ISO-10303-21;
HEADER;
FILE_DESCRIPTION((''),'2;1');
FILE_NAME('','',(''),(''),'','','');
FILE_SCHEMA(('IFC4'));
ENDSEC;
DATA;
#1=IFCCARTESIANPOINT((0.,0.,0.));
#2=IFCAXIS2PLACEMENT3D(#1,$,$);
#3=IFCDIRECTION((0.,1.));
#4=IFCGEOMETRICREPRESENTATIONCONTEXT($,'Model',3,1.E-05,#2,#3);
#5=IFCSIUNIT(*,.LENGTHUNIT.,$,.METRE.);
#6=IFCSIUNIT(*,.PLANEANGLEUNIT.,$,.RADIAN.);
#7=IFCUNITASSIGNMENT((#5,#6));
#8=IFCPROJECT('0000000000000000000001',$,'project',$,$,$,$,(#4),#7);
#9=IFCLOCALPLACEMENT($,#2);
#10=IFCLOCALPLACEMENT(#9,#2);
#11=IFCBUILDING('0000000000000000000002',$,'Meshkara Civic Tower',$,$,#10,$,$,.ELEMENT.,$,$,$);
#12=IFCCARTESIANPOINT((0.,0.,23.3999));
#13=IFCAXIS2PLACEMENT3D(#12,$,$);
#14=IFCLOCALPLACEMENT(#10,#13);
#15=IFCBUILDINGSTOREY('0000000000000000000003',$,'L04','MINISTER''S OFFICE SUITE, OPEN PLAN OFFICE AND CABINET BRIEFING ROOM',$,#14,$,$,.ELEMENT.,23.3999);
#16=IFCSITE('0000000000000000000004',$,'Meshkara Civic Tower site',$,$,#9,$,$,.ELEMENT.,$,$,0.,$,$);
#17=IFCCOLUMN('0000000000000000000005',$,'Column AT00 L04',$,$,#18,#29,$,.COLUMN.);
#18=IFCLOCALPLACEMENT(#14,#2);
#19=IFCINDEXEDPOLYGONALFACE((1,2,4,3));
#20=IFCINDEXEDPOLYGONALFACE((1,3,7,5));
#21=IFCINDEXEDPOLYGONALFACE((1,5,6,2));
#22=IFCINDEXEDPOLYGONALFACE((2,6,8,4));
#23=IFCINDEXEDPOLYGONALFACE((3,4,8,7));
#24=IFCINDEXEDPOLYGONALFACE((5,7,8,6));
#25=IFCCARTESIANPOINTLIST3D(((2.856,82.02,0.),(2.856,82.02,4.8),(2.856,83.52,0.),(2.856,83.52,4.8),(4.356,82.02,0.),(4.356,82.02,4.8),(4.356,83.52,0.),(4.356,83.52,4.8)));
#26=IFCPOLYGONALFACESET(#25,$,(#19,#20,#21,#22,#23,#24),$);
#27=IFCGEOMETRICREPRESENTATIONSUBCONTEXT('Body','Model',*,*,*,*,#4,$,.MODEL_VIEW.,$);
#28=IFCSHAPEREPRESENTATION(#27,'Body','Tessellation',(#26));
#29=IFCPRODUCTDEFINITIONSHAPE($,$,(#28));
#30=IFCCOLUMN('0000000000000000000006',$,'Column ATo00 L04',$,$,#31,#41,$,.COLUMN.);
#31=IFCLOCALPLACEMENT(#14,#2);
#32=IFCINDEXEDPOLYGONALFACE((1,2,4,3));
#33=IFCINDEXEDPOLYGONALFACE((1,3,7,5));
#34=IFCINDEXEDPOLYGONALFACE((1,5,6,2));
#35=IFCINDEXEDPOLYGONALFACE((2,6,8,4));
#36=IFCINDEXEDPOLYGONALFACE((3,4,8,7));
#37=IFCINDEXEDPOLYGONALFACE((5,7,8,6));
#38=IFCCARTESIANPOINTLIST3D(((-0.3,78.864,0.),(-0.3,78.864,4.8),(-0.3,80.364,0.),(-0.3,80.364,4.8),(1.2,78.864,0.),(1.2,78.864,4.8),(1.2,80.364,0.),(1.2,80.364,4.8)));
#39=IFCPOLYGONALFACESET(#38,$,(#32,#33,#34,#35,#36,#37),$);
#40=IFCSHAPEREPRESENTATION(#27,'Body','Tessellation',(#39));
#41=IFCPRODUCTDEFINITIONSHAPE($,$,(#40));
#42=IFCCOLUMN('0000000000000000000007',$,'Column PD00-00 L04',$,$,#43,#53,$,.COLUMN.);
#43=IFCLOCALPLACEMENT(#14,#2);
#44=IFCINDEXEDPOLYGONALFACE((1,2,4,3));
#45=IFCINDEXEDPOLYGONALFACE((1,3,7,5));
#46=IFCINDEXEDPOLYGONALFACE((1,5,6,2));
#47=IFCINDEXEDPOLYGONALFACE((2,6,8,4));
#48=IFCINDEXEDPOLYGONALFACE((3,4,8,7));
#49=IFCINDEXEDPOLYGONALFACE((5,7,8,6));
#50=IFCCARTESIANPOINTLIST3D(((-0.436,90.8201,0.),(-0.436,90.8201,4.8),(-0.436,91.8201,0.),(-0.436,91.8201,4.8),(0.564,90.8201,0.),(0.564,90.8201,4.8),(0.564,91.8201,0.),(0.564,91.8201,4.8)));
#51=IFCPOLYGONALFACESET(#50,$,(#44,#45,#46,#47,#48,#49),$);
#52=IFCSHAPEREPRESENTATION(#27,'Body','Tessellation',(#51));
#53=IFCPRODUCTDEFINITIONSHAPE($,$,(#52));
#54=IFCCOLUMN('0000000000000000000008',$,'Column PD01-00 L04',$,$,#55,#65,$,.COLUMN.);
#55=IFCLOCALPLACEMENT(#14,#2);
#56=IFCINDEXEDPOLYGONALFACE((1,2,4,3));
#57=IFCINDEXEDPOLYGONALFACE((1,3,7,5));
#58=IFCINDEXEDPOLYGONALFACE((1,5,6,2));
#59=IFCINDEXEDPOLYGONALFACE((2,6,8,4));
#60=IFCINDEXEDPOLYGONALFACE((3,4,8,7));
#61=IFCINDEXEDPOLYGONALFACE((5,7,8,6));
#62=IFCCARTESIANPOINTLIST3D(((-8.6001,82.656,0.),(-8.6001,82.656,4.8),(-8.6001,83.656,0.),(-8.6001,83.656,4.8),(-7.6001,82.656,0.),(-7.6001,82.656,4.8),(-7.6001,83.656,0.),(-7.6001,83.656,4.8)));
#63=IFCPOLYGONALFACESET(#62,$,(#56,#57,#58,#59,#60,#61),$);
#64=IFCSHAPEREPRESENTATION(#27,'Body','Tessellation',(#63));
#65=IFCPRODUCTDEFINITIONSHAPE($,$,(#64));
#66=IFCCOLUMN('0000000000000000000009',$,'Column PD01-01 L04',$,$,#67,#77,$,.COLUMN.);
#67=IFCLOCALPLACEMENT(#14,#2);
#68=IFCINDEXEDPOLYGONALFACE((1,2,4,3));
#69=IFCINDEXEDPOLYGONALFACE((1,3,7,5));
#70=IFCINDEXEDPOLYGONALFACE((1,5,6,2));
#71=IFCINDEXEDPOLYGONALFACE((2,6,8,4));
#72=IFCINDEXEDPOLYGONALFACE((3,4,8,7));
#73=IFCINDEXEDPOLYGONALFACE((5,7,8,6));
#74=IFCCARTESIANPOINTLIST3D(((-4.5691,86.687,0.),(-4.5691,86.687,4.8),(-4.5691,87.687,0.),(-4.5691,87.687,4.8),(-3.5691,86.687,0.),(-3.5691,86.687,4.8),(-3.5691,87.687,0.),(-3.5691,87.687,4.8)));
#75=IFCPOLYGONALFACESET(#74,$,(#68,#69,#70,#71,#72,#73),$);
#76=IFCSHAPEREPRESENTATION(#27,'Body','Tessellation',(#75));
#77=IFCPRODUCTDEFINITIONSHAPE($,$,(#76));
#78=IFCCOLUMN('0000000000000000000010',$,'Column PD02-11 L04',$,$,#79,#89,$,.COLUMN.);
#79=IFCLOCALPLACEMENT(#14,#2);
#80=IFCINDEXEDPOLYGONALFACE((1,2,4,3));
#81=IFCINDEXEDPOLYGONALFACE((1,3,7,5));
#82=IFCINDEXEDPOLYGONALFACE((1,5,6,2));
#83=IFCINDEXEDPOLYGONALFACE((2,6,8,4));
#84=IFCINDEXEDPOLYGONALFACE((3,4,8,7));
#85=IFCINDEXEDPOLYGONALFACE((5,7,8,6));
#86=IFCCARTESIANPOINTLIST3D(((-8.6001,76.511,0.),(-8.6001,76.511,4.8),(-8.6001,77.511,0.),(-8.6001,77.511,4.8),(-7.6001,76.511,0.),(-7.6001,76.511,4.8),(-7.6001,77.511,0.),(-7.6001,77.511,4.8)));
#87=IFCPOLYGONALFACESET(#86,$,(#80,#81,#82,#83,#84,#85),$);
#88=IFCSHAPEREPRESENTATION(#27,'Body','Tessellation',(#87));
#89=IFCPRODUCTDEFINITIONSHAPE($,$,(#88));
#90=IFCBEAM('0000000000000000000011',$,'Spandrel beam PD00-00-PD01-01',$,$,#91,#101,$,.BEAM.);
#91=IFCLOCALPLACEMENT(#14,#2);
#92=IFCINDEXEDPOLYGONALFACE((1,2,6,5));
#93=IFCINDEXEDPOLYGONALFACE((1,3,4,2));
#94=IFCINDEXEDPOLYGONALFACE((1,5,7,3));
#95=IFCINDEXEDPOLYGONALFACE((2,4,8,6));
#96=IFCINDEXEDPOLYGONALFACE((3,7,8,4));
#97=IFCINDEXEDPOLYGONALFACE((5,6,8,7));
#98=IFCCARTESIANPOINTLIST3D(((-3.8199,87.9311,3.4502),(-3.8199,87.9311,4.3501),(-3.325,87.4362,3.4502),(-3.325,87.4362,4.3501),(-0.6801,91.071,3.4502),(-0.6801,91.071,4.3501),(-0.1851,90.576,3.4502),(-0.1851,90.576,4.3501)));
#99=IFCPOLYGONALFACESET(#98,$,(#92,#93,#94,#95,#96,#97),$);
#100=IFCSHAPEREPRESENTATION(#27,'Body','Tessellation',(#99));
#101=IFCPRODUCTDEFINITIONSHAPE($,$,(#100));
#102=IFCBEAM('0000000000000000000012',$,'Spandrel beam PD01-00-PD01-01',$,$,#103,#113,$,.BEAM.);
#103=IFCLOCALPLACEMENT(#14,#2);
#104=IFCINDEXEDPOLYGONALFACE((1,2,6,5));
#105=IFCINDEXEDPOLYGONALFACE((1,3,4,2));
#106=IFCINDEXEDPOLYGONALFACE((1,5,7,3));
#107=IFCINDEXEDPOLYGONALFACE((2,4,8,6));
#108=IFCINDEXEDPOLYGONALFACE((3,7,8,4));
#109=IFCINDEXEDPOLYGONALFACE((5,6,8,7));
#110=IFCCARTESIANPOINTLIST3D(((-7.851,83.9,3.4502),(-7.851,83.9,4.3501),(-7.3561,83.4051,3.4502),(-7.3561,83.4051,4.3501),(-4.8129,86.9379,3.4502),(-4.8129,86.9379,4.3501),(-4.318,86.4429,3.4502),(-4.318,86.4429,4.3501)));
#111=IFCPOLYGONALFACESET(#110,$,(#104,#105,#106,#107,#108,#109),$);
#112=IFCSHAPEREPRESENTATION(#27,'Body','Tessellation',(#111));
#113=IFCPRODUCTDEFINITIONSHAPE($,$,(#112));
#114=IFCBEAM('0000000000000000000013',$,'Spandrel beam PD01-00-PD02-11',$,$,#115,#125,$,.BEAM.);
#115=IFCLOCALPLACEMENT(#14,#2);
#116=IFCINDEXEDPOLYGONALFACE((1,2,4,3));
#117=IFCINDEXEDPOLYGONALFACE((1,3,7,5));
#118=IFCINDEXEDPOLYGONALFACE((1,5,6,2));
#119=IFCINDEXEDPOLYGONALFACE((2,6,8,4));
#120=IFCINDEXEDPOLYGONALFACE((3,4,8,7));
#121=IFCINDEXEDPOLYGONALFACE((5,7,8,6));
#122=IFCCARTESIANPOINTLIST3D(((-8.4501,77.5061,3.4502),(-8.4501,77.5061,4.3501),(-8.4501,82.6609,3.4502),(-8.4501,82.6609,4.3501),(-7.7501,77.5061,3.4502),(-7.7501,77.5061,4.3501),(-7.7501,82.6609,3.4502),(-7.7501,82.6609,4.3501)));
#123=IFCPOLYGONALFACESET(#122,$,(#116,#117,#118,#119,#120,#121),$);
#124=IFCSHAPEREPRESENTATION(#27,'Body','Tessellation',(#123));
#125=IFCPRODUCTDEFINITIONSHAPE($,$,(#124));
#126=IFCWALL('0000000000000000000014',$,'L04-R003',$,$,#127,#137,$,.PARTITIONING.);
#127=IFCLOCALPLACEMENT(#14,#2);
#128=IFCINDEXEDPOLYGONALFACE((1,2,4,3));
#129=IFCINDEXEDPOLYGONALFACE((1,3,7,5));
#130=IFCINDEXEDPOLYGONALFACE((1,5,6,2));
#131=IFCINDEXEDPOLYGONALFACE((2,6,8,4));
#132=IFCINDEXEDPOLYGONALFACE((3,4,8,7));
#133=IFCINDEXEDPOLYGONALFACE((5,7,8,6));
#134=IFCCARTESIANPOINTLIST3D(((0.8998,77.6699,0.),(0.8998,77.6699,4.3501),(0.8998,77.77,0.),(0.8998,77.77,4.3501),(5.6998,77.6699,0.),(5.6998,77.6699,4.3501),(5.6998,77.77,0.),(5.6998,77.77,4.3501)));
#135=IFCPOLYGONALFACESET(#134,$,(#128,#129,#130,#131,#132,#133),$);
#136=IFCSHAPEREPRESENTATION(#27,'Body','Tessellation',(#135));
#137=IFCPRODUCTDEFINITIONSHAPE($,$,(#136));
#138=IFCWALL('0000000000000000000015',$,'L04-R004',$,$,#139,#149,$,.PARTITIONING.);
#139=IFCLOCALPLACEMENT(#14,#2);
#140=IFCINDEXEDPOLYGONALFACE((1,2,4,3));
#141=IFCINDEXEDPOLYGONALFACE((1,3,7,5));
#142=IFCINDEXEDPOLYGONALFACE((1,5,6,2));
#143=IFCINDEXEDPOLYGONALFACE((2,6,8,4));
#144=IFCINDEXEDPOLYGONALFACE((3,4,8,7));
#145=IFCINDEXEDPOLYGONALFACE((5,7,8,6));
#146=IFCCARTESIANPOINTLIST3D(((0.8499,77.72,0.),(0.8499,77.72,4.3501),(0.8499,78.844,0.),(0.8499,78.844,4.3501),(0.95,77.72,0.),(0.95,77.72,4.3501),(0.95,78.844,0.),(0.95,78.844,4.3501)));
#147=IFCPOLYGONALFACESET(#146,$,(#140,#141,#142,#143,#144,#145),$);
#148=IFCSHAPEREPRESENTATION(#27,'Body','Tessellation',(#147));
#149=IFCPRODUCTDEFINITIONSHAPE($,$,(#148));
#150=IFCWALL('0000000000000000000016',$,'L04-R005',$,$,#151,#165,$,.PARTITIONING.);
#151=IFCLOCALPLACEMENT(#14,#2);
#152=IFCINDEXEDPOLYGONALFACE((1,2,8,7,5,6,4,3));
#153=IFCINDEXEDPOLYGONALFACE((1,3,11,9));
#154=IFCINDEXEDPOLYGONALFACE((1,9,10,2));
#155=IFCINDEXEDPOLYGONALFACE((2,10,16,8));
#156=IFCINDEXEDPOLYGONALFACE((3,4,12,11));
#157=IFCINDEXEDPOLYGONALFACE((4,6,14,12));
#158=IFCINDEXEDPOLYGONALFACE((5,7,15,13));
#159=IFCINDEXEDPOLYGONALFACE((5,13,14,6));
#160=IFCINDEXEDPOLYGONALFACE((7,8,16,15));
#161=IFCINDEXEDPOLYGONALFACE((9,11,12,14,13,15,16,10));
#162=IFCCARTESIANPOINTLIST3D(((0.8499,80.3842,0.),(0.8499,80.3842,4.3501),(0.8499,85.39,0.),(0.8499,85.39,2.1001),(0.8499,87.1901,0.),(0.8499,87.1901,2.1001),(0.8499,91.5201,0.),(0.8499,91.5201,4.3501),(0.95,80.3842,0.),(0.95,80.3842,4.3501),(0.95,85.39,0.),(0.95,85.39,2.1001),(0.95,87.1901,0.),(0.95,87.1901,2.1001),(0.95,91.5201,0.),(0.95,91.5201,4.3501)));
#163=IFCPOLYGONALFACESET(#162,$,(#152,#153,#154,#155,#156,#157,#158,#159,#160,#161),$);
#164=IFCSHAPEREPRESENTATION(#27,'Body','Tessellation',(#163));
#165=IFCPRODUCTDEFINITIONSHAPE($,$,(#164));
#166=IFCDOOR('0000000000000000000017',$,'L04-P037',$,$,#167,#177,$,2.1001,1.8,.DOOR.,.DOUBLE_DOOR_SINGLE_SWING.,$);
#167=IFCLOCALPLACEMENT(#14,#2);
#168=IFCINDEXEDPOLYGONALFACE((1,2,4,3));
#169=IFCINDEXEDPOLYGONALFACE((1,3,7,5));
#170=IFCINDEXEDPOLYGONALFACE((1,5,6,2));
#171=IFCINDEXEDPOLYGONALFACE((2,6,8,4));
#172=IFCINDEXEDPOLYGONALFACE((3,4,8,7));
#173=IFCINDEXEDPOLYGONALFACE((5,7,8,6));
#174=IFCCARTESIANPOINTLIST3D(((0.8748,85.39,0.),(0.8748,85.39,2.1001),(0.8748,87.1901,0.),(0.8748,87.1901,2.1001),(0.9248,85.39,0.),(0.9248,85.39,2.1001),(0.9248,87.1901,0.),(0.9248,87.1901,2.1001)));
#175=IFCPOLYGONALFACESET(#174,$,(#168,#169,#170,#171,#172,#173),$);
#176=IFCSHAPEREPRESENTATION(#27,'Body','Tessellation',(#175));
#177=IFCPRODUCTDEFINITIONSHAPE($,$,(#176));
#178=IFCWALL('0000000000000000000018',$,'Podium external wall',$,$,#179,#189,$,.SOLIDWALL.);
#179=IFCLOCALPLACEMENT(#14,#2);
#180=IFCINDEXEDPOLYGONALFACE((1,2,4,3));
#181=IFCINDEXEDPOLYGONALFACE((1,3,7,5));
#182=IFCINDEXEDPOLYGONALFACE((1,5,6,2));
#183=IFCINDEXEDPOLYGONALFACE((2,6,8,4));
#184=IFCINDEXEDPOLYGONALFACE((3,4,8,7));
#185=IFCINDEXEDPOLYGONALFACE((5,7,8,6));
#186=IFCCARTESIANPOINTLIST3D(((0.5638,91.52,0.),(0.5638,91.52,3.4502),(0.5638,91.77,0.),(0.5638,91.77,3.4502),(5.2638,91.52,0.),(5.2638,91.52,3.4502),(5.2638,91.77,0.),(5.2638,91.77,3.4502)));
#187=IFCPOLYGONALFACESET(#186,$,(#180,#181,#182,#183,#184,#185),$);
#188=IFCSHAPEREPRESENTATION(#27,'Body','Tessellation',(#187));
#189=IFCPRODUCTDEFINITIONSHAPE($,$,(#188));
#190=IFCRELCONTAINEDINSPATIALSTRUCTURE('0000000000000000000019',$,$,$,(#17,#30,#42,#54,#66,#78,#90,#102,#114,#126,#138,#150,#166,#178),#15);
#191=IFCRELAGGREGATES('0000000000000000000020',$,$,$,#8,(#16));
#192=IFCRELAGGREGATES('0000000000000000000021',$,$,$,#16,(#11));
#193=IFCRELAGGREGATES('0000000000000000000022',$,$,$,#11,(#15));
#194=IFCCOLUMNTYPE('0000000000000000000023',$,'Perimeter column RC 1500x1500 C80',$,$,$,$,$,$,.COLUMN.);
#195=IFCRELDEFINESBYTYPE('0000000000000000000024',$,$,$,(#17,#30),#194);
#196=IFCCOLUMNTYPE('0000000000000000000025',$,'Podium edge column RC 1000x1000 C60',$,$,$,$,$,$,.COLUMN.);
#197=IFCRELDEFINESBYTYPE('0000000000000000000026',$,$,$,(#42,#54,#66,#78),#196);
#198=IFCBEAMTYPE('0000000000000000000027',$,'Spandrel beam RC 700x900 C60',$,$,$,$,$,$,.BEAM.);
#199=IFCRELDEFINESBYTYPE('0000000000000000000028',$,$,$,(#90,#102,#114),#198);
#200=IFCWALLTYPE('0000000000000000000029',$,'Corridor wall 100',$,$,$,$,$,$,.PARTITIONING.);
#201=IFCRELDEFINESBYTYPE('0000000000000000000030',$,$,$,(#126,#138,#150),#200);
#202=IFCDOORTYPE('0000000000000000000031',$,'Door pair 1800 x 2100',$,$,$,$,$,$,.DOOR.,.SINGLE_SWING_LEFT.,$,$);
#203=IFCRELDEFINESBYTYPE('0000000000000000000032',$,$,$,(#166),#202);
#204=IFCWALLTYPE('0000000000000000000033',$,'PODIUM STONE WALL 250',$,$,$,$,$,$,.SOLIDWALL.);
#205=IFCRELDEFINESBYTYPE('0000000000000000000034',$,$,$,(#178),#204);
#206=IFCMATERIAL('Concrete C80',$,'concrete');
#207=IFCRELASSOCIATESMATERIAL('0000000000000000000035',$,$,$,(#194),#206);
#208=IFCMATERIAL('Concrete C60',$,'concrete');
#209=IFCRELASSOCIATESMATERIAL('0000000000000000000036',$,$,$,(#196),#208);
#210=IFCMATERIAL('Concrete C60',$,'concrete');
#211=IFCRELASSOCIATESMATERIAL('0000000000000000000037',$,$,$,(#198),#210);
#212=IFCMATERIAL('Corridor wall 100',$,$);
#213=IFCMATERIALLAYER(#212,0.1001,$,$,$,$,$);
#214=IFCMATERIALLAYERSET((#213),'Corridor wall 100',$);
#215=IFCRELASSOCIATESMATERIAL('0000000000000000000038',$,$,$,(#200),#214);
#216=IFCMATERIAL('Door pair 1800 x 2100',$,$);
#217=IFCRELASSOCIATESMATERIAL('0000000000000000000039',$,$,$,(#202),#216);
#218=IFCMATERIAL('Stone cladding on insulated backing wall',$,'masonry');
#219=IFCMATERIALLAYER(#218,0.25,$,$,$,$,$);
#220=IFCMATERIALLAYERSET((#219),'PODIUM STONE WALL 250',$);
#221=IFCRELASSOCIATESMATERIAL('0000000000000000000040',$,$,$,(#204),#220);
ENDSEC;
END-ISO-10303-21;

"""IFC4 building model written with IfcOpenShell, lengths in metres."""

from ifc_helpers import new_model, si_unit, direction, frame, frame_2d, origin, origin_2d, place, context, subcontext, project, spatial, rectangle, extrude, material, layer, layer_set, material_profile, profile_set, type_object, element, fill, save


model = new_model("IFC4")

# Units and contexts
model_context = context("Model", 3, precision=1e-05, world=origin(), true_north=direction((0.0, 1.0)))
body_context = subcontext(model_context, "Body", "Model", "MODEL_VIEW")
ifc_project = project(units=[si_unit("LENGTHUNIT", "METRE"), si_unit("PLANEANGLEUNIT", "RADIAN")], contexts=[model_context])

# Site, building, storey
site_placement = place(None, origin())
site = spatial("IfcSite", under=ifc_project, at=site_placement, Name="Meshkara Civic Tower site", CompositionType="ELEMENT", RefElevation=0.0)
building_placement = place(site_placement, origin())
building = spatial("IfcBuilding", under=site, at=building_placement, Name="Meshkara Civic Tower", CompositionType="ELEMENT")
storey_placement = place(building_placement, frame((0.0, 0.0, 23.3999)))
storey = spatial("IfcBuildingStorey", under=building, at=storey_placement, Name="L04", Description="MINISTER'S OFFICE SUITE, OPEN PLAN OFFICE AND CABINET BRIEFING ROOM", CompositionType="ELEMENT", Elevation=23.3999)

# Columns
ifc_material_1 = material(Name="Concrete C80", Category="concrete")
ifc_material_profile_1 = material_profile(ifc_material_1, rectangle(XDim=1.5, YDim=1.5, at=origin_2d()))
ifc_profile_set_1 = profile_set([ifc_material_profile_1], Name="Concrete C80")
column_type_1 = type_object("IfcColumnType", Name="Perimeter column RC 1500x1500 C80", PredefinedType="COLUMN", material=ifc_profile_set_1)
for number, where, z_axis, x_axis, name in (
    (1, (3.606, 82.77, 0.0), (0.0, 0.0, 1.0), (1.0, 0.0, 0.0), "Column AT00 L04"),
    (2, (0.45, 79.614, 0.0), (0.0, 0.0, 1.0), (1.0, 0.0, 0.0), "Column ATo00 L04"),
):
    element("IfcColumn", number, at=place(storey_placement, frame(where, z_axis=z_axis, x_axis=x_axis)), inside=storey, type_object=column_type_1, Name=name, PredefinedType="COLUMN", context=body_context, shape_type="SweptSolid", body=[
        extrude(rectangle(XDim=1.5, YDim=1.5, at=origin_2d()), origin(), (0.0, 0.0, 1.0), 4.8),
    ])
ifc_material_2 = material(Name="Concrete C60", Category="concrete")
ifc_material_profile_2 = material_profile(ifc_material_2, rectangle(XDim=1.0, YDim=1.0, at=origin_2d()))
ifc_profile_set_2 = profile_set([ifc_material_profile_2], Name="Concrete C60")
column_type_2 = type_object("IfcColumnType", Name="Podium edge column RC 1000x1000 C60", PredefinedType="COLUMN", material=ifc_profile_set_2)
for number, where, z_axis, x_axis, name in (
    (3, (0.064, 91.3201, 0.0), (0.0, 0.0, 1.0), (1.0, 0.0, 0.0), "Column PD00-00 L04"),
    (4, (-8.1001, 83.156, 0.0), (0.0, 0.0, 1.0), (1.0, 0.0, 0.0), "Column PD01-00 L04"),
    (5, (-4.0691, 87.187, 0.0), (0.0, 0.0, 1.0), (1.0, 0.0, 0.0), "Column PD01-01 L04"),
    (6, (-8.1001, 77.011, 0.0), (0.0, 0.0, 1.0), (1.0, 0.0, 0.0), "Column PD02-11 L04"),
):
    element("IfcColumn", number, at=place(storey_placement, frame(where, z_axis=z_axis, x_axis=x_axis)), inside=storey, type_object=column_type_2, Name=name, PredefinedType="COLUMN", context=body_context, shape_type="SweptSolid", body=[
        extrude(rectangle(XDim=1.0, YDim=1.0, at=origin_2d()), origin(), (0.0, 0.0, 1.0), 4.8),
    ])

# Beams
ifc_material_3 = material(Name="Concrete C60", Category="concrete")
ifc_material_profile_3 = material_profile(ifc_material_3, rectangle(XDim=0.7, YDim=0.8999, at=origin_2d()))
ifc_profile_set_3 = profile_set([ifc_material_profile_3], Name="Concrete C60")
beam_type = type_object("IfcBeamType", Name="Spandrel beam RC 700x900 C60", PredefinedType="BEAM", material=ifc_profile_set_3)
beam_1_placement = place(storey_placement, frame((-0.4326, 90.8235, 3.9001), z_axis=(-0.707107, -0.707107, 0.0), x_axis=(0.707107, -0.707107, 0.0)))
element("IfcBeam", 7, at=beam_1_placement, inside=storey, type_object=beam_type, Name="Spandrel beam PD00-00-PD01-01", PredefinedType="BEAM", context=body_context, shape_type="SweptSolid", body=[
    extrude(rectangle(XDim=0.7, YDim=0.8999, at=origin_2d()), origin(), (0.0, 0.0, 1.0), 4.4404),
])
beam_2_placement = place(storey_placement, frame((-4.5654, 86.6904, 3.9001), z_axis=(-0.707135, -0.707078, 0.0), x_axis=(0.707078, -0.707135, 0.0)))
element("IfcBeam", 8, at=beam_2_placement, inside=storey, type_object=beam_type, Name="Spandrel beam PD01-00-PD01-01", PredefinedType="BEAM", context=body_context, shape_type="SweptSolid", body=[
    extrude(rectangle(XDim=0.7, YDim=0.8999, at=origin_2d()), origin(), (0.0, 0.0, 1.0), 4.2964),
])
beam_3_placement = place(storey_placement, frame((-8.1001, 82.6609, 3.9001), z_axis=(0.0, -1.0, 0.0), x_axis=(1.0, 0.0, 0.0)))
element("IfcBeam", 9, at=beam_3_placement, inside=storey, type_object=beam_type, Name="Spandrel beam PD01-00-PD02-11", PredefinedType="BEAM", context=body_context, shape_type="SweptSolid", body=[
    extrude(rectangle(XDim=0.7, YDim=0.8999, at=origin_2d()), origin(), (0.0, 0.0, 1.0), 5.1548),
])

# Walls
ifc_material_4 = material(Name="Corridor wall 100")
ifc_layer_1 = layer(ifc_material_4, 0.1001)
ifc_layer_set_1 = layer_set([ifc_layer_1], Name="Corridor wall 100")
wall_type_1 = type_object("IfcWallType", Name="Corridor wall 100", PredefinedType="PARTITIONING", material=ifc_layer_set_1)
wall_1_placement = place(storey_placement, frame((0.8999, 77.72, 0.0), z_axis=(0.0, 0.0, 1.0), x_axis=(1.0, 0.0, 0.0)))
element("IfcWall", 10, at=wall_1_placement, inside=storey, type_object=wall_type_1, Name="L04-R003", PredefinedType="PARTITIONING", context=body_context, shape_type="SweptSolid", body=[
    extrude(rectangle(XDim=4.8, YDim=0.1001, at=frame_2d((2.3999, 0.0))), origin(), (0.0, 0.0, 1.0), 4.3501),
])
wall_2_placement = place(storey_placement, frame((0.8999, 78.844, 0.0), z_axis=(0.0, 0.0, 1.0), x_axis=(0.0, -1.0, 0.0)))
element("IfcWall", 11, at=wall_2_placement, inside=storey, type_object=wall_type_1, Name="L04-R004", PredefinedType="PARTITIONING", context=body_context, shape_type="SweptSolid", body=[
    extrude(rectangle(XDim=1.124, YDim=0.1001, at=frame_2d((0.562, 0.0))), origin(), (0.0, 0.0, 1.0), 4.3501),
])

# Wall, opening, door
wall_3_placement = place(storey_placement, frame((0.8999, 91.52, 0.0), z_axis=(0.0, 0.0, 1.0), x_axis=(0.0, -1.0, 0.0)))
wall_3 = element("IfcWall", 12, at=wall_3_placement, inside=storey, type_object=wall_type_1, Name="L04-R005", PredefinedType="PARTITIONING", context=body_context, shape_type="SweptSolid", body=[
    extrude(rectangle(XDim=11.136, YDim=0.1001, at=frame_2d((5.5679, 0.0))), origin(), (0.0, 0.0, 1.0), 4.3501),
])
opening_1_placement = place(wall_3_placement, frame((4.3301, 0.0, 0.0)))
opening_1 = element("IfcOpeningElement", 13, at=opening_1_placement, cuts=wall_3, PredefinedType="OPENING", context=body_context, shape_type="SweptSolid", body=[
    extrude(rectangle(XDim=1.8, YDim=2.1001, at=frame_2d((0.8999, 1.05))), frame((0.0, 0.0601, 0.0), z_axis=(0.0, -1.0, 0.0), x_axis=(1.0, 0.0, 0.0)), (0.0, 0.0, 1.0), 0.1201),
])
ifc_material_5 = material(Name="Door pair 1800 x 2100")
door_type = type_object("IfcDoorType", Name="Door pair 1800 x 2100", OperationType="SINGLE_SWING_LEFT", PredefinedType="DOOR", material=ifc_material_5)
door_placement = place(opening_1_placement, origin())
door = element("IfcDoor", 14, at=door_placement, inside=storey, type_object=door_type, Name="L04-P037", OperationType="DOUBLE_DOOR_SINGLE_SWING", OverallHeight=2.1001, OverallWidth=1.8, PredefinedType="DOOR", context=body_context, shape_type="SweptSolid", body=[
    extrude(rectangle(XDim=1.8, YDim=2.1001, at=frame_2d((0.8999, 1.05))), frame((0.0, 0.0249, 0.0), z_axis=(0.0, -1.0, 0.0), x_axis=(1.0, 0.0, 0.0)), (0.0, 0.0, 1.0), 0.05),
])
fill(opening_1, door)

# Wall
ifc_material_6 = material(Name="Stone cladding on insulated backing wall", Category="masonry")
ifc_layer_2 = layer(ifc_material_6, 0.25)
ifc_layer_set_2 = layer_set([ifc_layer_2], Name="PODIUM STONE WALL 250")
wall_type_2 = type_object("IfcWallType", Name="PODIUM STONE WALL 250", PredefinedType="SOLIDWALL", material=ifc_layer_set_2)
wall_4_placement = place(storey_placement, frame((5.2639, 91.645, 0.0), z_axis=(0.0, 0.0, 1.0), x_axis=(-1.0, 0.0, 0.0)))
element("IfcWall", 15, at=wall_4_placement, inside=storey, type_object=wall_type_2, Name="Podium external wall", PredefinedType="SOLIDWALL", context=body_context, shape_type="SweptSolid", body=[
    extrude(rectangle(XDim=4.7, YDim=0.25, at=frame_2d((2.3501, 0.0))), origin(), (0.0, 0.0, 1.0), 3.4502),
])

save(model, "model.ifc")
